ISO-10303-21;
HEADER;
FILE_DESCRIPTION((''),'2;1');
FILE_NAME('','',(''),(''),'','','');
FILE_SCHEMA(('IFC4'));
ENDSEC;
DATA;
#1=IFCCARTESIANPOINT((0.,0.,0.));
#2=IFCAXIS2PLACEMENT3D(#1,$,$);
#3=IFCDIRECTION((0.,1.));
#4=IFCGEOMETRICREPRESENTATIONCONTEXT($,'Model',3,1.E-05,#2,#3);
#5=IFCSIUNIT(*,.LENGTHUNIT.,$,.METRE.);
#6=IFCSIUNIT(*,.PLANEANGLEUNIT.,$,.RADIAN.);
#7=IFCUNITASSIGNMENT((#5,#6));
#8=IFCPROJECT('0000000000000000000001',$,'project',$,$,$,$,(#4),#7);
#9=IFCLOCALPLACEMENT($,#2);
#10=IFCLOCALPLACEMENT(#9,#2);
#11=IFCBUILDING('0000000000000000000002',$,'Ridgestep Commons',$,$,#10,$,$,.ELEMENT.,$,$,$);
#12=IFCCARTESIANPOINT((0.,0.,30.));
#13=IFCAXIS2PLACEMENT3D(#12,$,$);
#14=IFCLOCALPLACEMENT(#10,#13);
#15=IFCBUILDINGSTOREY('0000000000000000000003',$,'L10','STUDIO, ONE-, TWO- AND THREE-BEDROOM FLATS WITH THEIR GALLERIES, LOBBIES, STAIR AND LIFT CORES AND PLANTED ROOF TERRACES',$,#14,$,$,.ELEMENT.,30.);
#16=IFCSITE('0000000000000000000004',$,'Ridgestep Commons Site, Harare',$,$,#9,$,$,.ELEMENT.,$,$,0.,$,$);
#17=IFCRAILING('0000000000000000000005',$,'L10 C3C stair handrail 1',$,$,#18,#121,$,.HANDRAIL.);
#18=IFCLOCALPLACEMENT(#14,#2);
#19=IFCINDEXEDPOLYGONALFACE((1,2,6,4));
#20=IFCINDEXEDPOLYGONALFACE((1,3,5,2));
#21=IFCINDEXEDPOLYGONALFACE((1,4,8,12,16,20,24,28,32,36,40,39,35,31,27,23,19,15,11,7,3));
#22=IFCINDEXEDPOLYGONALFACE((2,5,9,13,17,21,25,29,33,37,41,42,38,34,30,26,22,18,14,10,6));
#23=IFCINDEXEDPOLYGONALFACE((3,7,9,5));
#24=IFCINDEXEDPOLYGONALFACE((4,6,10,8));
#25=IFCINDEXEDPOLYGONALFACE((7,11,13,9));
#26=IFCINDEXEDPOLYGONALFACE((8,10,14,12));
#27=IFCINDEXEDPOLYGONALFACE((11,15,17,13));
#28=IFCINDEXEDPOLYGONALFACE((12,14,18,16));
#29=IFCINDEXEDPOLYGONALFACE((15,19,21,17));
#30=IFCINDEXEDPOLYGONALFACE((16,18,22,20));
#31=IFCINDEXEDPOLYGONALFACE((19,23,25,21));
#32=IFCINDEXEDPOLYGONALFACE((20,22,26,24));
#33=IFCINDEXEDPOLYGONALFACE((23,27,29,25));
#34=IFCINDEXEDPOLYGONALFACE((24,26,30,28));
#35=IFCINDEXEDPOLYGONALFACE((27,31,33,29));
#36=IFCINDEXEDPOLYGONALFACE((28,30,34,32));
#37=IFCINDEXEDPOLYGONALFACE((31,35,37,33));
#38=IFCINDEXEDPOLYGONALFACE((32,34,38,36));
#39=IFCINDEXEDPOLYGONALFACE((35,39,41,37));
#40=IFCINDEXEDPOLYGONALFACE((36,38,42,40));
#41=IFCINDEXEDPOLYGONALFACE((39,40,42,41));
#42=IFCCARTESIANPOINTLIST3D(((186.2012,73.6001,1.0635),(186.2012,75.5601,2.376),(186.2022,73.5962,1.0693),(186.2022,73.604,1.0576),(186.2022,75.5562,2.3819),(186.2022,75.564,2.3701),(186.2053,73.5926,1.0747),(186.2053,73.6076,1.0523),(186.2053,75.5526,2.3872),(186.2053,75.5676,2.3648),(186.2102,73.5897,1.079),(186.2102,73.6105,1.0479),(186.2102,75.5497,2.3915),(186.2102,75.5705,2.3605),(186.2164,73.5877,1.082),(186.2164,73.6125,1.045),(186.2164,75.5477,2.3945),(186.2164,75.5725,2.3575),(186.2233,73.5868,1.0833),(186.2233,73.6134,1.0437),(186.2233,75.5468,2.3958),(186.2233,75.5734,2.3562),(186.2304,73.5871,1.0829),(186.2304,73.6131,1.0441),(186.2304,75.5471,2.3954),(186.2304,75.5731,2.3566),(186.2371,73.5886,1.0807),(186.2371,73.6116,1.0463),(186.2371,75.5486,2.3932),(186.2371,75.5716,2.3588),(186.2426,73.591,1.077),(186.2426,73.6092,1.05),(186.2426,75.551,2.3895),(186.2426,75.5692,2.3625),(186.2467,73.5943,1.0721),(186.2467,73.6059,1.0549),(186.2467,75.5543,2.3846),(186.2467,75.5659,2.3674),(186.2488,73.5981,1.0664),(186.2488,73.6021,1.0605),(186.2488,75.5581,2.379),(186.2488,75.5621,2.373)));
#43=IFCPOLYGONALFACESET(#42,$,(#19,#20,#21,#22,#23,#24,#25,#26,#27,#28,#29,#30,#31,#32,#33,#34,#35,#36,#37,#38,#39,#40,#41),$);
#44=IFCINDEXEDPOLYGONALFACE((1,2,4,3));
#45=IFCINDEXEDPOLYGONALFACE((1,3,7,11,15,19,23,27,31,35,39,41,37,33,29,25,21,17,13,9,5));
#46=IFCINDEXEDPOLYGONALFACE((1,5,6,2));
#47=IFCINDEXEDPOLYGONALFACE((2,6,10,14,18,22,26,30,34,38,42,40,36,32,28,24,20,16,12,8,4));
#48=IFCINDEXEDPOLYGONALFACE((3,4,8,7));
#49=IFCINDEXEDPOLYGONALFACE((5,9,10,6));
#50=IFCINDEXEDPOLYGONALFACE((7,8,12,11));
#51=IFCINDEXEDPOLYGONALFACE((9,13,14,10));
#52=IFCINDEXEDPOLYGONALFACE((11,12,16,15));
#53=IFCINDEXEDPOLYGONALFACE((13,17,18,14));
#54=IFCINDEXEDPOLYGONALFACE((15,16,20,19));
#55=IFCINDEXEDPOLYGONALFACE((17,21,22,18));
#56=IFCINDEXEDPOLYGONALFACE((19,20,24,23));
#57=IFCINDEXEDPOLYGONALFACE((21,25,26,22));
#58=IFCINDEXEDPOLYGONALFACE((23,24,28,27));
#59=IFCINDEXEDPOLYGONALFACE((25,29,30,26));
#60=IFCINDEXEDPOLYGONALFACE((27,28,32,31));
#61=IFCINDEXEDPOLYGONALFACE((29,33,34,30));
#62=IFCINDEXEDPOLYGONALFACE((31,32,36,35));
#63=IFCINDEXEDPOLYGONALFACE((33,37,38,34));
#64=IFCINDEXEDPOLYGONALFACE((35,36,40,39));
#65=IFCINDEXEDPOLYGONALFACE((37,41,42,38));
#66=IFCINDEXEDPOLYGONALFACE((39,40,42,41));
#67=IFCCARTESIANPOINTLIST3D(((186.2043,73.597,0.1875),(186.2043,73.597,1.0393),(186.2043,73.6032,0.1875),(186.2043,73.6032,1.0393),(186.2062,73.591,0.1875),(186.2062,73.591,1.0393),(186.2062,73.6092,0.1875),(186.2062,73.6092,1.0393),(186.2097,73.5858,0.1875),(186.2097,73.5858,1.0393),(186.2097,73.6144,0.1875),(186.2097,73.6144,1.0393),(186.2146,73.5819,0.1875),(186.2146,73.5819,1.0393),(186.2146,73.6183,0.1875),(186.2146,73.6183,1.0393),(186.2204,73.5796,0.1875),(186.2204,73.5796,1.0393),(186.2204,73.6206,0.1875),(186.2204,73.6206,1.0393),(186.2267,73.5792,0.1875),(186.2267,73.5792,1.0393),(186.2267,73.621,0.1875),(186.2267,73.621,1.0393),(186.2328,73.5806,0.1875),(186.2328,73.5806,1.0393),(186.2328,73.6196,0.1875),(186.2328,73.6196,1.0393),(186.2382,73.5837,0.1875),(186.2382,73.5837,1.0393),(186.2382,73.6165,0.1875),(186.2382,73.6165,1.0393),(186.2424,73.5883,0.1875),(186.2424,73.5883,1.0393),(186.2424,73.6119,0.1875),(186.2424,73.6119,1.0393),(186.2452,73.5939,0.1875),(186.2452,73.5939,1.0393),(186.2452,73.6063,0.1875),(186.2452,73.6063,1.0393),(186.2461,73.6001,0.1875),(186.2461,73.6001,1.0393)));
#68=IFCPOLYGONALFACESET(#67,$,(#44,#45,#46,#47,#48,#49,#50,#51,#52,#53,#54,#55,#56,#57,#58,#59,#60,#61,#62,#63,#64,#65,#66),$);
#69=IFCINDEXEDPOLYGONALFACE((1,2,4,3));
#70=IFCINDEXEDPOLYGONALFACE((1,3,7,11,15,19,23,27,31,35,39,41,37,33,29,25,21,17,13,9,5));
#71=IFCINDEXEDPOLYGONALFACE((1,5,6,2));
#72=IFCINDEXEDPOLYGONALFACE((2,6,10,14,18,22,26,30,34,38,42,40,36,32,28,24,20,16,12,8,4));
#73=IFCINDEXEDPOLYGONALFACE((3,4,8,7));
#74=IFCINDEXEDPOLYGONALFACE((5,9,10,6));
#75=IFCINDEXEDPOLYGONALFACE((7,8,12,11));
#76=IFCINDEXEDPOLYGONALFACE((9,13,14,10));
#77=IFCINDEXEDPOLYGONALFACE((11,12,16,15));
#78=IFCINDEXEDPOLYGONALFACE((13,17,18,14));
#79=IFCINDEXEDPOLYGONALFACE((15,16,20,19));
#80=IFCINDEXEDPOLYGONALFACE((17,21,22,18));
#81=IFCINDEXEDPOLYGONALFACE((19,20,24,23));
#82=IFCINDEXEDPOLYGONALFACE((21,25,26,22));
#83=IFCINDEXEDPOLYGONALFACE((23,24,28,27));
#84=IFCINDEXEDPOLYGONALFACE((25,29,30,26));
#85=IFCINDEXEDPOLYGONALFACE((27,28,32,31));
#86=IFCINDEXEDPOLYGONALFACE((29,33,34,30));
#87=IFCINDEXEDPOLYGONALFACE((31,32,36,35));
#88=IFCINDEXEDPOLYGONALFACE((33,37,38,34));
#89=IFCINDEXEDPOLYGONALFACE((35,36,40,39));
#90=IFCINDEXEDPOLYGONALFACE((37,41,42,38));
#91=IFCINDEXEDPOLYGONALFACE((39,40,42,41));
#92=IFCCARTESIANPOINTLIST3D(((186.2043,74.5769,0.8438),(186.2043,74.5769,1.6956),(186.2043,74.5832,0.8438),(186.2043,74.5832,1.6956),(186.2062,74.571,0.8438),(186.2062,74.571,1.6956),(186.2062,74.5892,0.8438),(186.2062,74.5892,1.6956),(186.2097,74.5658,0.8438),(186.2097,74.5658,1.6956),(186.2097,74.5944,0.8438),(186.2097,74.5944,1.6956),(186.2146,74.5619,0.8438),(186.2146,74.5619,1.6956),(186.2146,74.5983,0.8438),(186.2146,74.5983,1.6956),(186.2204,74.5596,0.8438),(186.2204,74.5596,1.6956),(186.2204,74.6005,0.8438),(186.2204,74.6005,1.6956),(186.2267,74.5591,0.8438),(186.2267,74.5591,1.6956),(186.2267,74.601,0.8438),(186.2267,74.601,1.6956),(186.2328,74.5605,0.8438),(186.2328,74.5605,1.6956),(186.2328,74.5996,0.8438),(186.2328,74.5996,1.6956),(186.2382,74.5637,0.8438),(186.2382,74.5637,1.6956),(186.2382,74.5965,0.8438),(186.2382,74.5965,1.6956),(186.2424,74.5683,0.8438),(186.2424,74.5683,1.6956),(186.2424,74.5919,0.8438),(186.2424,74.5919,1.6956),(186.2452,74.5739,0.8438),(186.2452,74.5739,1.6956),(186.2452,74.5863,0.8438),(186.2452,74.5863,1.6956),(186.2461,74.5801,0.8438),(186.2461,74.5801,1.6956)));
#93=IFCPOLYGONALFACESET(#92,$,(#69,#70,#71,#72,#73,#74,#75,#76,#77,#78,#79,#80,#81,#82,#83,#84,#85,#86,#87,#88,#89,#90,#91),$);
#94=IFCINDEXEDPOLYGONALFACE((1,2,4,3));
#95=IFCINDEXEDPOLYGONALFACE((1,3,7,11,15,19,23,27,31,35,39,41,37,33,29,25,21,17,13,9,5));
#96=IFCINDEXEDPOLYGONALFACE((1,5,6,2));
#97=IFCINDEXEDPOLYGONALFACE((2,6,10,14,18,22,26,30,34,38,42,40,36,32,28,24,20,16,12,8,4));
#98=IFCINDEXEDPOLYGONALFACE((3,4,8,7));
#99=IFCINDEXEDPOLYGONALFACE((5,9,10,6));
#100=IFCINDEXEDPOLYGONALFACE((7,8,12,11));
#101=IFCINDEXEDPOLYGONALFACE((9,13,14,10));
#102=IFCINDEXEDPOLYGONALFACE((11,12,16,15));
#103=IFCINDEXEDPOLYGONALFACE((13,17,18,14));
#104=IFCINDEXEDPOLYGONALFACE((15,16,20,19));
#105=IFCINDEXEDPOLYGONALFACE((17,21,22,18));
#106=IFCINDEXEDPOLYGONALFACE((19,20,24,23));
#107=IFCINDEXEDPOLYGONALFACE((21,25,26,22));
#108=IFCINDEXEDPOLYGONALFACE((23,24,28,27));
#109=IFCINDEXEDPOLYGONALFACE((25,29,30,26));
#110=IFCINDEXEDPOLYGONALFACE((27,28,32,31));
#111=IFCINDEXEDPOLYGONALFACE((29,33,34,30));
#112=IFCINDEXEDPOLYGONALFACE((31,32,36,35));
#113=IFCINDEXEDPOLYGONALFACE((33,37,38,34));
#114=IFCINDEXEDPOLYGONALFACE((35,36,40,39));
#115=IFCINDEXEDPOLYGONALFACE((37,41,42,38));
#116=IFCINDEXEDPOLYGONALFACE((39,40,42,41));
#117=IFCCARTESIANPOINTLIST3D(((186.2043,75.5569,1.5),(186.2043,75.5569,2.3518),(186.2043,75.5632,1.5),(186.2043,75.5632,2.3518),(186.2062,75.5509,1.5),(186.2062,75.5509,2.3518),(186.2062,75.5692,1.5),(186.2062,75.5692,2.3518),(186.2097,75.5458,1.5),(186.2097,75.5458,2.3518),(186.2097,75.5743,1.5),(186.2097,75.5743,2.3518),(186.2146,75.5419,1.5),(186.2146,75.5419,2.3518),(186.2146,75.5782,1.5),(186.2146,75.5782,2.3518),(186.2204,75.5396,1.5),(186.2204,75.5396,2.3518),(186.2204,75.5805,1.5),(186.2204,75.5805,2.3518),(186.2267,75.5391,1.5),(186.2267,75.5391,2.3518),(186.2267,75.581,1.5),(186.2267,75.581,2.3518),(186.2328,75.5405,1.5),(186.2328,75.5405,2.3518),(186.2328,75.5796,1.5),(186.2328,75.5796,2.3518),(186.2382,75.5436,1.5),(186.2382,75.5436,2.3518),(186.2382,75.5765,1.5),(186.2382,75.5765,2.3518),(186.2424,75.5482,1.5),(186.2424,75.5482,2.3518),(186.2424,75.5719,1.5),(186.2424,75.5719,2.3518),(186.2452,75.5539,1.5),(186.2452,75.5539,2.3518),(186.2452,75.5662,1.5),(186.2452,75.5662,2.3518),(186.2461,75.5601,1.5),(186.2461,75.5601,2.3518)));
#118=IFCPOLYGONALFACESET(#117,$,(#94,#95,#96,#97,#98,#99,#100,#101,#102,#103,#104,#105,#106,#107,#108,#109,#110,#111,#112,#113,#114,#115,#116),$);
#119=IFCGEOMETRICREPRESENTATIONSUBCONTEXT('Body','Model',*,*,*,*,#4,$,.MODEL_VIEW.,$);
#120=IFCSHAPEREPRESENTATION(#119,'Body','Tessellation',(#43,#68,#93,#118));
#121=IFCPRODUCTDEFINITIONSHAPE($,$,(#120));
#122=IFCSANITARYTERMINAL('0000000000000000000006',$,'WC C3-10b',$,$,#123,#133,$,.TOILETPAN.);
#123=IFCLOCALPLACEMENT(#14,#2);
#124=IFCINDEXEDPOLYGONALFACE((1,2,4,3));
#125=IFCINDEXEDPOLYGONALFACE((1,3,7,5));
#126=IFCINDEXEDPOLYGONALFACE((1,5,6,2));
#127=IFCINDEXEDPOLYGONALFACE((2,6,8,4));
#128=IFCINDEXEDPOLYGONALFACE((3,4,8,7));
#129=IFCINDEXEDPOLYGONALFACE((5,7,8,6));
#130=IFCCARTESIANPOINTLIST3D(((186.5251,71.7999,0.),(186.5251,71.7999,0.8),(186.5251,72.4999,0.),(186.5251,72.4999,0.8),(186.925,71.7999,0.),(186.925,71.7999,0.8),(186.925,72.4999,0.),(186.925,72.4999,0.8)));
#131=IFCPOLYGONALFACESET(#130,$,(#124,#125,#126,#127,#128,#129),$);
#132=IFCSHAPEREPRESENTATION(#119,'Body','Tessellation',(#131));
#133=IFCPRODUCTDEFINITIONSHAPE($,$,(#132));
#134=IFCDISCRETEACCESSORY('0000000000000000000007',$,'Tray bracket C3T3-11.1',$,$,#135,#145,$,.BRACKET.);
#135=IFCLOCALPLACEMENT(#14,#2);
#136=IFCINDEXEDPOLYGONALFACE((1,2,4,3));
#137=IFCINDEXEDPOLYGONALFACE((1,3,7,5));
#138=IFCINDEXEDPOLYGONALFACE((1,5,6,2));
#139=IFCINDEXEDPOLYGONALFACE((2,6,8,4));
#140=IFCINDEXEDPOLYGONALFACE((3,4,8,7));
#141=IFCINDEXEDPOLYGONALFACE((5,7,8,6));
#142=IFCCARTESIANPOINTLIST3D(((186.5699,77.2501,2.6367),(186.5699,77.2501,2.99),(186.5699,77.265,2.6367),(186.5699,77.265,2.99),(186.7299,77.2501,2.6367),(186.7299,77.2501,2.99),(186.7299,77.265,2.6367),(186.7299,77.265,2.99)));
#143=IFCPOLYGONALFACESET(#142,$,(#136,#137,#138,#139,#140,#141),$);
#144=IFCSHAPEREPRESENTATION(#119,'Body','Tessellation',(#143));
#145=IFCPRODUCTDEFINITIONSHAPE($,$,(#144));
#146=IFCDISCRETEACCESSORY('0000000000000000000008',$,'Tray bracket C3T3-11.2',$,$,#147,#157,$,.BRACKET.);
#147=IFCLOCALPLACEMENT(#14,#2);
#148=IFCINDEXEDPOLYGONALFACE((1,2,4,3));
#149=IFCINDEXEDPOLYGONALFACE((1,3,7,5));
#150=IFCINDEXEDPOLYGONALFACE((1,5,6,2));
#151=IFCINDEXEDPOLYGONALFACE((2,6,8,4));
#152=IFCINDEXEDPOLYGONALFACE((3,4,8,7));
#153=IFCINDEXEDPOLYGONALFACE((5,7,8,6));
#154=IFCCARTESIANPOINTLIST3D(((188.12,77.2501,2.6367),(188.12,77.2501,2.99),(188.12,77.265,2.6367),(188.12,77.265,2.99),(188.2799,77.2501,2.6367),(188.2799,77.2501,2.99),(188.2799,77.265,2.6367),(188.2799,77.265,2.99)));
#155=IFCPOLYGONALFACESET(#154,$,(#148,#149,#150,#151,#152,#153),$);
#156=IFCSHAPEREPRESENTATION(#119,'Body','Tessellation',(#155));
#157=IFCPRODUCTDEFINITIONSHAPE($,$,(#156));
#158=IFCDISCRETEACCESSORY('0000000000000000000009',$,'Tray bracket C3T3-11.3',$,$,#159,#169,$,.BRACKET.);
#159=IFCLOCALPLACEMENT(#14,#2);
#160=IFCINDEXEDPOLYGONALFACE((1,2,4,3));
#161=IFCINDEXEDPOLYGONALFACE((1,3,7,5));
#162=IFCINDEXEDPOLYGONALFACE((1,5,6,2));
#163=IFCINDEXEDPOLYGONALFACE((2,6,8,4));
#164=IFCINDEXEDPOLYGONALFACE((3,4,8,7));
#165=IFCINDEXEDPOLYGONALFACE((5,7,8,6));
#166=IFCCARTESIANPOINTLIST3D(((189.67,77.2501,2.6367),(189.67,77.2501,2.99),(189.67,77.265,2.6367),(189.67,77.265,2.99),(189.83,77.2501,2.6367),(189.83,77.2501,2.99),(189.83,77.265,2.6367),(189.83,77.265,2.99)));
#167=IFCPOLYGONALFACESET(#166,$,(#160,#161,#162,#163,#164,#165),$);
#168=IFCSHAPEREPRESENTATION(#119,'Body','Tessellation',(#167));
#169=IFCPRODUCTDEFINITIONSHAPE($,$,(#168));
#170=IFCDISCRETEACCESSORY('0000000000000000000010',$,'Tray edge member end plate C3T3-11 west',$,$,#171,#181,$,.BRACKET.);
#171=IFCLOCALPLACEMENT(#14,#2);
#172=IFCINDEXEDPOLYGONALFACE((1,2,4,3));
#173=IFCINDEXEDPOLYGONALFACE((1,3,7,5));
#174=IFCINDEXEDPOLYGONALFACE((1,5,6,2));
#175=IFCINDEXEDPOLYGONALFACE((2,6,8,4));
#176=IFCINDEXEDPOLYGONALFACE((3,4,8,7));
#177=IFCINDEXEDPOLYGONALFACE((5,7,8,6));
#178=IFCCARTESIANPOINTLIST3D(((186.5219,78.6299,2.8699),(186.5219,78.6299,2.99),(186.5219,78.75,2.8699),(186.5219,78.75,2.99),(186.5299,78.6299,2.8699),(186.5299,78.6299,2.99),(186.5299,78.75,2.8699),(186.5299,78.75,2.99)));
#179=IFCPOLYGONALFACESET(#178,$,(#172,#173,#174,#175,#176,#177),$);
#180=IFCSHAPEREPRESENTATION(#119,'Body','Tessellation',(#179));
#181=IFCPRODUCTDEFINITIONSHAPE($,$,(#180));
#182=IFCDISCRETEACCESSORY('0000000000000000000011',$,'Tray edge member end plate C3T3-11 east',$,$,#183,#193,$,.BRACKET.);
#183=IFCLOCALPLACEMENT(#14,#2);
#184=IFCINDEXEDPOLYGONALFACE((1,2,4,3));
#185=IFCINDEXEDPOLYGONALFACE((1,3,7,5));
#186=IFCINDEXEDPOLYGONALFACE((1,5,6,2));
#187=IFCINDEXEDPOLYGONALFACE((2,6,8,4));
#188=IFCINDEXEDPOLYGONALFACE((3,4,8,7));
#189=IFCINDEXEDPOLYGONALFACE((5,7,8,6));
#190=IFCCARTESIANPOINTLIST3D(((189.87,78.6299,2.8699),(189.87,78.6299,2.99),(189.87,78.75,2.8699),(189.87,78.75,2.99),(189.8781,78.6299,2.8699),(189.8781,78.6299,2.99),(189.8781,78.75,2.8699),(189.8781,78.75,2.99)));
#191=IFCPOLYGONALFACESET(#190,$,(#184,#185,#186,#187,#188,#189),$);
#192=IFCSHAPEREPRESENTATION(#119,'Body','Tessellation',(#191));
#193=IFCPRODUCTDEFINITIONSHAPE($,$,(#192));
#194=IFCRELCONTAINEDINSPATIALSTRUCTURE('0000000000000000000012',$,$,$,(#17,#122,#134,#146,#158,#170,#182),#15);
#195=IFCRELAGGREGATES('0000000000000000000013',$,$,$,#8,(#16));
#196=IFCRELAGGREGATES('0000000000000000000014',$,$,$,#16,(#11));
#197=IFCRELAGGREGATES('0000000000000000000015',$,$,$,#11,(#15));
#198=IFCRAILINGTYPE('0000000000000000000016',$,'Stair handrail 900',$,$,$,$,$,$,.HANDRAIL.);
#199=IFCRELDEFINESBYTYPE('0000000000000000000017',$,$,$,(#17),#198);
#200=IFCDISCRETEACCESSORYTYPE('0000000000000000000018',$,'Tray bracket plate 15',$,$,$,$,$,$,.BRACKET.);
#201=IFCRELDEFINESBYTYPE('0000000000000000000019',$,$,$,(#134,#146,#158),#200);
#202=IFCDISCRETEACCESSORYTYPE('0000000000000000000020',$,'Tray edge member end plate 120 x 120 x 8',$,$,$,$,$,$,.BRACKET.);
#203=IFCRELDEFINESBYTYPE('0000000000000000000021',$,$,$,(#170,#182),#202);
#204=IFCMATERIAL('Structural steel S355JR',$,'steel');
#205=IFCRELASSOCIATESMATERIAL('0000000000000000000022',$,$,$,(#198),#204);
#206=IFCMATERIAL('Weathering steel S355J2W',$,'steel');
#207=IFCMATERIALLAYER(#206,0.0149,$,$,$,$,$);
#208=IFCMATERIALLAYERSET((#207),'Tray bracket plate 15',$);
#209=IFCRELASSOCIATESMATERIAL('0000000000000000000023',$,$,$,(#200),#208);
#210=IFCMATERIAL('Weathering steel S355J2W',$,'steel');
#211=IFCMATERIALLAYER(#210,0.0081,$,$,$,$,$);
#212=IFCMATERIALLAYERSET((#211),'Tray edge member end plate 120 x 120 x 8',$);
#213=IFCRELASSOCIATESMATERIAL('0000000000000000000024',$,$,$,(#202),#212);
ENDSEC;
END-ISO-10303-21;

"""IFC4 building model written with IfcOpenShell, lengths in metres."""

from ifc_helpers import new_model, si_unit, direction, frame, origin, origin_2d, place, context, subcontext, project, spatial, rectangle, circle, extrude, material, layer, layer_set, type_object, element, save


model = new_model("IFC4")

# Units and contexts
model_context = context("Model", 3, precision=1e-05, world=origin(), true_north=direction((0.0, 1.0)))
body_context = subcontext(model_context, "Body", "Model", "MODEL_VIEW")
ifc_project = project(units=[si_unit("LENGTHUNIT", "METRE"), si_unit("PLANEANGLEUNIT", "RADIAN")], contexts=[model_context])

# Site, building, storey
site_placement = place(None, origin())
site = spatial("IfcSite", under=ifc_project, at=site_placement, Name="Ridgestep Commons Site, Harare", CompositionType="ELEMENT", RefElevation=0.0)
building_placement = place(site_placement, origin())
building = spatial("IfcBuilding", under=site, at=building_placement, Name="Ridgestep Commons", CompositionType="ELEMENT")
storey_placement = place(building_placement, frame((0.0, 0.0, 30.0)))
storey = spatial("IfcBuildingStorey", under=building, at=storey_placement, Name="L10", Description="STUDIO, ONE-, TWO- AND THREE-BEDROOM FLATS WITH THEIR GALLERIES, LOBBIES, STAIR AND LIFT CORES AND PLANTED ROOF TERRACES", CompositionType="ELEMENT", Elevation=30.0)

# Railing
ifc_material_1 = material(Name="Structural steel S355JR", Category="steel")
railing_type_1 = type_object("IfcRailingType", Name="Stair handrail 900", PredefinedType="HANDRAIL", material=ifc_material_1)
railing_1_placement = place(storey_placement, frame((186.2251, 73.6001, 0.1875)))
element("IfcRailing", 1, at=railing_1_placement, inside=storey, type_object=railing_type_1, Name="L10 C3C stair handrail 1", PredefinedType="HANDRAIL", context=body_context, shape_type="SweptSolid", body=[
    extrude(circle(Radius=0.0239, at=origin_2d()), frame((0.0, 0.0, 0.876), z_axis=(0.0, 0.830902, 0.556419), x_axis=(-1.0, 0.0, 0.0)), (0.0, 0.0, 1.0), 2.3589),
    extrude(circle(Radius=0.021, at=origin_2d()), origin(), (0.0, 0.0, 1.0), 0.8518),
    extrude(circle(Radius=0.021, at=origin_2d()), frame((0.0, 0.98, 0.6562)), (0.0, 0.0, 1.0), 0.8518),
    extrude(circle(Radius=0.021, at=origin_2d()), frame((0.0, 1.96, 1.3125)), (0.0, 0.0, 1.0), 0.8518),
])

# Sanitary terminal
sanitary_terminal_placement = place(storey_placement, frame((186.7251, 72.1499, 0.0), z_axis=(0.0, 0.0, 1.0), x_axis=(1.0, 0.0, 0.0)))
element("IfcSanitaryTerminal", 2, at=sanitary_terminal_placement, inside=storey, Name="WC C3-10b", PredefinedType="TOILETPAN", context=body_context, shape_type="SweptSolid", body=[
    extrude(rectangle(XDim=0.3999, YDim=0.7, at=origin_2d()), origin(), (0.0, 0.0, 1.0), 0.8),
])

# Discrete accessories
ifc_material_2 = material(Name="Weathering steel S355J2W", Category="steel")
ifc_layer_1 = layer(ifc_material_2, 0.0149)
ifc_layer_set_1 = layer_set([ifc_layer_1], Name="Tray bracket plate 15")
discrete_accessory_type_1 = type_object("IfcDiscreteAccessoryType", Name="Tray bracket plate 15", PredefinedType="BRACKET", material=ifc_layer_set_1)
for number, where, z_axis, x_axis, name in (
    (3, (186.6499, 77.2576, 2.6367), (0.0, 0.0, 1.0), (1.0, 0.0, 0.0), "Tray bracket C3T3-11.1"),
    (4, (188.2, 77.2576, 2.6367), (0.0, 0.0, 1.0), (1.0, 0.0, 0.0), "Tray bracket C3T3-11.2"),
    (5, (189.75, 77.2576, 2.6367), (0.0, 0.0, 1.0), (1.0, 0.0, 0.0), "Tray bracket C3T3-11.3"),
):
    element("IfcDiscreteAccessory", number, at=place(storey_placement, frame(where, z_axis=z_axis, x_axis=x_axis)), inside=storey, type_object=discrete_accessory_type_1, Name=name, PredefinedType="BRACKET", context=body_context, shape_type="SweptSolid", body=[
        extrude(rectangle(XDim=0.1599, YDim=0.0149, at=origin_2d()), origin(), (0.0, 0.0, 1.0), 0.3533),
    ])
ifc_material_3 = material(Name="Weathering steel S355J2W", Category="steel")
ifc_layer_2 = layer(ifc_material_3, 0.0081)
ifc_layer_set_2 = layer_set([ifc_layer_2], Name="Tray edge member end plate 120 x 120 x 8")
discrete_accessory_type_2 = type_object("IfcDiscreteAccessoryType", Name="Tray edge member end plate 120 x 120 x 8", PredefinedType="BRACKET", material=ifc_layer_set_2)
for number, where, z_axis, x_axis, name in (
    (6, (186.5259, 78.6899, 2.8699), (0.0, 0.0, 1.0), (1.0, 0.0, 0.0), "Tray edge member end plate C3T3-11 west"),
    (7, (189.874, 78.6899, 2.8699), (0.0, 0.0, 1.0), (1.0, 0.0, 0.0), "Tray edge member end plate C3T3-11 east"),
):
    element("IfcDiscreteAccessory", number, at=place(storey_placement, frame(where, z_axis=z_axis, x_axis=x_axis)), inside=storey, type_object=discrete_accessory_type_2, Name=name, PredefinedType="BRACKET", context=body_context, shape_type="SweptSolid", body=[
        extrude(rectangle(XDim=0.0081, YDim=0.1201, at=origin_2d()), origin(), (0.0, 0.0, 1.0), 0.1201),
    ])

save(model, "model.ifc")
